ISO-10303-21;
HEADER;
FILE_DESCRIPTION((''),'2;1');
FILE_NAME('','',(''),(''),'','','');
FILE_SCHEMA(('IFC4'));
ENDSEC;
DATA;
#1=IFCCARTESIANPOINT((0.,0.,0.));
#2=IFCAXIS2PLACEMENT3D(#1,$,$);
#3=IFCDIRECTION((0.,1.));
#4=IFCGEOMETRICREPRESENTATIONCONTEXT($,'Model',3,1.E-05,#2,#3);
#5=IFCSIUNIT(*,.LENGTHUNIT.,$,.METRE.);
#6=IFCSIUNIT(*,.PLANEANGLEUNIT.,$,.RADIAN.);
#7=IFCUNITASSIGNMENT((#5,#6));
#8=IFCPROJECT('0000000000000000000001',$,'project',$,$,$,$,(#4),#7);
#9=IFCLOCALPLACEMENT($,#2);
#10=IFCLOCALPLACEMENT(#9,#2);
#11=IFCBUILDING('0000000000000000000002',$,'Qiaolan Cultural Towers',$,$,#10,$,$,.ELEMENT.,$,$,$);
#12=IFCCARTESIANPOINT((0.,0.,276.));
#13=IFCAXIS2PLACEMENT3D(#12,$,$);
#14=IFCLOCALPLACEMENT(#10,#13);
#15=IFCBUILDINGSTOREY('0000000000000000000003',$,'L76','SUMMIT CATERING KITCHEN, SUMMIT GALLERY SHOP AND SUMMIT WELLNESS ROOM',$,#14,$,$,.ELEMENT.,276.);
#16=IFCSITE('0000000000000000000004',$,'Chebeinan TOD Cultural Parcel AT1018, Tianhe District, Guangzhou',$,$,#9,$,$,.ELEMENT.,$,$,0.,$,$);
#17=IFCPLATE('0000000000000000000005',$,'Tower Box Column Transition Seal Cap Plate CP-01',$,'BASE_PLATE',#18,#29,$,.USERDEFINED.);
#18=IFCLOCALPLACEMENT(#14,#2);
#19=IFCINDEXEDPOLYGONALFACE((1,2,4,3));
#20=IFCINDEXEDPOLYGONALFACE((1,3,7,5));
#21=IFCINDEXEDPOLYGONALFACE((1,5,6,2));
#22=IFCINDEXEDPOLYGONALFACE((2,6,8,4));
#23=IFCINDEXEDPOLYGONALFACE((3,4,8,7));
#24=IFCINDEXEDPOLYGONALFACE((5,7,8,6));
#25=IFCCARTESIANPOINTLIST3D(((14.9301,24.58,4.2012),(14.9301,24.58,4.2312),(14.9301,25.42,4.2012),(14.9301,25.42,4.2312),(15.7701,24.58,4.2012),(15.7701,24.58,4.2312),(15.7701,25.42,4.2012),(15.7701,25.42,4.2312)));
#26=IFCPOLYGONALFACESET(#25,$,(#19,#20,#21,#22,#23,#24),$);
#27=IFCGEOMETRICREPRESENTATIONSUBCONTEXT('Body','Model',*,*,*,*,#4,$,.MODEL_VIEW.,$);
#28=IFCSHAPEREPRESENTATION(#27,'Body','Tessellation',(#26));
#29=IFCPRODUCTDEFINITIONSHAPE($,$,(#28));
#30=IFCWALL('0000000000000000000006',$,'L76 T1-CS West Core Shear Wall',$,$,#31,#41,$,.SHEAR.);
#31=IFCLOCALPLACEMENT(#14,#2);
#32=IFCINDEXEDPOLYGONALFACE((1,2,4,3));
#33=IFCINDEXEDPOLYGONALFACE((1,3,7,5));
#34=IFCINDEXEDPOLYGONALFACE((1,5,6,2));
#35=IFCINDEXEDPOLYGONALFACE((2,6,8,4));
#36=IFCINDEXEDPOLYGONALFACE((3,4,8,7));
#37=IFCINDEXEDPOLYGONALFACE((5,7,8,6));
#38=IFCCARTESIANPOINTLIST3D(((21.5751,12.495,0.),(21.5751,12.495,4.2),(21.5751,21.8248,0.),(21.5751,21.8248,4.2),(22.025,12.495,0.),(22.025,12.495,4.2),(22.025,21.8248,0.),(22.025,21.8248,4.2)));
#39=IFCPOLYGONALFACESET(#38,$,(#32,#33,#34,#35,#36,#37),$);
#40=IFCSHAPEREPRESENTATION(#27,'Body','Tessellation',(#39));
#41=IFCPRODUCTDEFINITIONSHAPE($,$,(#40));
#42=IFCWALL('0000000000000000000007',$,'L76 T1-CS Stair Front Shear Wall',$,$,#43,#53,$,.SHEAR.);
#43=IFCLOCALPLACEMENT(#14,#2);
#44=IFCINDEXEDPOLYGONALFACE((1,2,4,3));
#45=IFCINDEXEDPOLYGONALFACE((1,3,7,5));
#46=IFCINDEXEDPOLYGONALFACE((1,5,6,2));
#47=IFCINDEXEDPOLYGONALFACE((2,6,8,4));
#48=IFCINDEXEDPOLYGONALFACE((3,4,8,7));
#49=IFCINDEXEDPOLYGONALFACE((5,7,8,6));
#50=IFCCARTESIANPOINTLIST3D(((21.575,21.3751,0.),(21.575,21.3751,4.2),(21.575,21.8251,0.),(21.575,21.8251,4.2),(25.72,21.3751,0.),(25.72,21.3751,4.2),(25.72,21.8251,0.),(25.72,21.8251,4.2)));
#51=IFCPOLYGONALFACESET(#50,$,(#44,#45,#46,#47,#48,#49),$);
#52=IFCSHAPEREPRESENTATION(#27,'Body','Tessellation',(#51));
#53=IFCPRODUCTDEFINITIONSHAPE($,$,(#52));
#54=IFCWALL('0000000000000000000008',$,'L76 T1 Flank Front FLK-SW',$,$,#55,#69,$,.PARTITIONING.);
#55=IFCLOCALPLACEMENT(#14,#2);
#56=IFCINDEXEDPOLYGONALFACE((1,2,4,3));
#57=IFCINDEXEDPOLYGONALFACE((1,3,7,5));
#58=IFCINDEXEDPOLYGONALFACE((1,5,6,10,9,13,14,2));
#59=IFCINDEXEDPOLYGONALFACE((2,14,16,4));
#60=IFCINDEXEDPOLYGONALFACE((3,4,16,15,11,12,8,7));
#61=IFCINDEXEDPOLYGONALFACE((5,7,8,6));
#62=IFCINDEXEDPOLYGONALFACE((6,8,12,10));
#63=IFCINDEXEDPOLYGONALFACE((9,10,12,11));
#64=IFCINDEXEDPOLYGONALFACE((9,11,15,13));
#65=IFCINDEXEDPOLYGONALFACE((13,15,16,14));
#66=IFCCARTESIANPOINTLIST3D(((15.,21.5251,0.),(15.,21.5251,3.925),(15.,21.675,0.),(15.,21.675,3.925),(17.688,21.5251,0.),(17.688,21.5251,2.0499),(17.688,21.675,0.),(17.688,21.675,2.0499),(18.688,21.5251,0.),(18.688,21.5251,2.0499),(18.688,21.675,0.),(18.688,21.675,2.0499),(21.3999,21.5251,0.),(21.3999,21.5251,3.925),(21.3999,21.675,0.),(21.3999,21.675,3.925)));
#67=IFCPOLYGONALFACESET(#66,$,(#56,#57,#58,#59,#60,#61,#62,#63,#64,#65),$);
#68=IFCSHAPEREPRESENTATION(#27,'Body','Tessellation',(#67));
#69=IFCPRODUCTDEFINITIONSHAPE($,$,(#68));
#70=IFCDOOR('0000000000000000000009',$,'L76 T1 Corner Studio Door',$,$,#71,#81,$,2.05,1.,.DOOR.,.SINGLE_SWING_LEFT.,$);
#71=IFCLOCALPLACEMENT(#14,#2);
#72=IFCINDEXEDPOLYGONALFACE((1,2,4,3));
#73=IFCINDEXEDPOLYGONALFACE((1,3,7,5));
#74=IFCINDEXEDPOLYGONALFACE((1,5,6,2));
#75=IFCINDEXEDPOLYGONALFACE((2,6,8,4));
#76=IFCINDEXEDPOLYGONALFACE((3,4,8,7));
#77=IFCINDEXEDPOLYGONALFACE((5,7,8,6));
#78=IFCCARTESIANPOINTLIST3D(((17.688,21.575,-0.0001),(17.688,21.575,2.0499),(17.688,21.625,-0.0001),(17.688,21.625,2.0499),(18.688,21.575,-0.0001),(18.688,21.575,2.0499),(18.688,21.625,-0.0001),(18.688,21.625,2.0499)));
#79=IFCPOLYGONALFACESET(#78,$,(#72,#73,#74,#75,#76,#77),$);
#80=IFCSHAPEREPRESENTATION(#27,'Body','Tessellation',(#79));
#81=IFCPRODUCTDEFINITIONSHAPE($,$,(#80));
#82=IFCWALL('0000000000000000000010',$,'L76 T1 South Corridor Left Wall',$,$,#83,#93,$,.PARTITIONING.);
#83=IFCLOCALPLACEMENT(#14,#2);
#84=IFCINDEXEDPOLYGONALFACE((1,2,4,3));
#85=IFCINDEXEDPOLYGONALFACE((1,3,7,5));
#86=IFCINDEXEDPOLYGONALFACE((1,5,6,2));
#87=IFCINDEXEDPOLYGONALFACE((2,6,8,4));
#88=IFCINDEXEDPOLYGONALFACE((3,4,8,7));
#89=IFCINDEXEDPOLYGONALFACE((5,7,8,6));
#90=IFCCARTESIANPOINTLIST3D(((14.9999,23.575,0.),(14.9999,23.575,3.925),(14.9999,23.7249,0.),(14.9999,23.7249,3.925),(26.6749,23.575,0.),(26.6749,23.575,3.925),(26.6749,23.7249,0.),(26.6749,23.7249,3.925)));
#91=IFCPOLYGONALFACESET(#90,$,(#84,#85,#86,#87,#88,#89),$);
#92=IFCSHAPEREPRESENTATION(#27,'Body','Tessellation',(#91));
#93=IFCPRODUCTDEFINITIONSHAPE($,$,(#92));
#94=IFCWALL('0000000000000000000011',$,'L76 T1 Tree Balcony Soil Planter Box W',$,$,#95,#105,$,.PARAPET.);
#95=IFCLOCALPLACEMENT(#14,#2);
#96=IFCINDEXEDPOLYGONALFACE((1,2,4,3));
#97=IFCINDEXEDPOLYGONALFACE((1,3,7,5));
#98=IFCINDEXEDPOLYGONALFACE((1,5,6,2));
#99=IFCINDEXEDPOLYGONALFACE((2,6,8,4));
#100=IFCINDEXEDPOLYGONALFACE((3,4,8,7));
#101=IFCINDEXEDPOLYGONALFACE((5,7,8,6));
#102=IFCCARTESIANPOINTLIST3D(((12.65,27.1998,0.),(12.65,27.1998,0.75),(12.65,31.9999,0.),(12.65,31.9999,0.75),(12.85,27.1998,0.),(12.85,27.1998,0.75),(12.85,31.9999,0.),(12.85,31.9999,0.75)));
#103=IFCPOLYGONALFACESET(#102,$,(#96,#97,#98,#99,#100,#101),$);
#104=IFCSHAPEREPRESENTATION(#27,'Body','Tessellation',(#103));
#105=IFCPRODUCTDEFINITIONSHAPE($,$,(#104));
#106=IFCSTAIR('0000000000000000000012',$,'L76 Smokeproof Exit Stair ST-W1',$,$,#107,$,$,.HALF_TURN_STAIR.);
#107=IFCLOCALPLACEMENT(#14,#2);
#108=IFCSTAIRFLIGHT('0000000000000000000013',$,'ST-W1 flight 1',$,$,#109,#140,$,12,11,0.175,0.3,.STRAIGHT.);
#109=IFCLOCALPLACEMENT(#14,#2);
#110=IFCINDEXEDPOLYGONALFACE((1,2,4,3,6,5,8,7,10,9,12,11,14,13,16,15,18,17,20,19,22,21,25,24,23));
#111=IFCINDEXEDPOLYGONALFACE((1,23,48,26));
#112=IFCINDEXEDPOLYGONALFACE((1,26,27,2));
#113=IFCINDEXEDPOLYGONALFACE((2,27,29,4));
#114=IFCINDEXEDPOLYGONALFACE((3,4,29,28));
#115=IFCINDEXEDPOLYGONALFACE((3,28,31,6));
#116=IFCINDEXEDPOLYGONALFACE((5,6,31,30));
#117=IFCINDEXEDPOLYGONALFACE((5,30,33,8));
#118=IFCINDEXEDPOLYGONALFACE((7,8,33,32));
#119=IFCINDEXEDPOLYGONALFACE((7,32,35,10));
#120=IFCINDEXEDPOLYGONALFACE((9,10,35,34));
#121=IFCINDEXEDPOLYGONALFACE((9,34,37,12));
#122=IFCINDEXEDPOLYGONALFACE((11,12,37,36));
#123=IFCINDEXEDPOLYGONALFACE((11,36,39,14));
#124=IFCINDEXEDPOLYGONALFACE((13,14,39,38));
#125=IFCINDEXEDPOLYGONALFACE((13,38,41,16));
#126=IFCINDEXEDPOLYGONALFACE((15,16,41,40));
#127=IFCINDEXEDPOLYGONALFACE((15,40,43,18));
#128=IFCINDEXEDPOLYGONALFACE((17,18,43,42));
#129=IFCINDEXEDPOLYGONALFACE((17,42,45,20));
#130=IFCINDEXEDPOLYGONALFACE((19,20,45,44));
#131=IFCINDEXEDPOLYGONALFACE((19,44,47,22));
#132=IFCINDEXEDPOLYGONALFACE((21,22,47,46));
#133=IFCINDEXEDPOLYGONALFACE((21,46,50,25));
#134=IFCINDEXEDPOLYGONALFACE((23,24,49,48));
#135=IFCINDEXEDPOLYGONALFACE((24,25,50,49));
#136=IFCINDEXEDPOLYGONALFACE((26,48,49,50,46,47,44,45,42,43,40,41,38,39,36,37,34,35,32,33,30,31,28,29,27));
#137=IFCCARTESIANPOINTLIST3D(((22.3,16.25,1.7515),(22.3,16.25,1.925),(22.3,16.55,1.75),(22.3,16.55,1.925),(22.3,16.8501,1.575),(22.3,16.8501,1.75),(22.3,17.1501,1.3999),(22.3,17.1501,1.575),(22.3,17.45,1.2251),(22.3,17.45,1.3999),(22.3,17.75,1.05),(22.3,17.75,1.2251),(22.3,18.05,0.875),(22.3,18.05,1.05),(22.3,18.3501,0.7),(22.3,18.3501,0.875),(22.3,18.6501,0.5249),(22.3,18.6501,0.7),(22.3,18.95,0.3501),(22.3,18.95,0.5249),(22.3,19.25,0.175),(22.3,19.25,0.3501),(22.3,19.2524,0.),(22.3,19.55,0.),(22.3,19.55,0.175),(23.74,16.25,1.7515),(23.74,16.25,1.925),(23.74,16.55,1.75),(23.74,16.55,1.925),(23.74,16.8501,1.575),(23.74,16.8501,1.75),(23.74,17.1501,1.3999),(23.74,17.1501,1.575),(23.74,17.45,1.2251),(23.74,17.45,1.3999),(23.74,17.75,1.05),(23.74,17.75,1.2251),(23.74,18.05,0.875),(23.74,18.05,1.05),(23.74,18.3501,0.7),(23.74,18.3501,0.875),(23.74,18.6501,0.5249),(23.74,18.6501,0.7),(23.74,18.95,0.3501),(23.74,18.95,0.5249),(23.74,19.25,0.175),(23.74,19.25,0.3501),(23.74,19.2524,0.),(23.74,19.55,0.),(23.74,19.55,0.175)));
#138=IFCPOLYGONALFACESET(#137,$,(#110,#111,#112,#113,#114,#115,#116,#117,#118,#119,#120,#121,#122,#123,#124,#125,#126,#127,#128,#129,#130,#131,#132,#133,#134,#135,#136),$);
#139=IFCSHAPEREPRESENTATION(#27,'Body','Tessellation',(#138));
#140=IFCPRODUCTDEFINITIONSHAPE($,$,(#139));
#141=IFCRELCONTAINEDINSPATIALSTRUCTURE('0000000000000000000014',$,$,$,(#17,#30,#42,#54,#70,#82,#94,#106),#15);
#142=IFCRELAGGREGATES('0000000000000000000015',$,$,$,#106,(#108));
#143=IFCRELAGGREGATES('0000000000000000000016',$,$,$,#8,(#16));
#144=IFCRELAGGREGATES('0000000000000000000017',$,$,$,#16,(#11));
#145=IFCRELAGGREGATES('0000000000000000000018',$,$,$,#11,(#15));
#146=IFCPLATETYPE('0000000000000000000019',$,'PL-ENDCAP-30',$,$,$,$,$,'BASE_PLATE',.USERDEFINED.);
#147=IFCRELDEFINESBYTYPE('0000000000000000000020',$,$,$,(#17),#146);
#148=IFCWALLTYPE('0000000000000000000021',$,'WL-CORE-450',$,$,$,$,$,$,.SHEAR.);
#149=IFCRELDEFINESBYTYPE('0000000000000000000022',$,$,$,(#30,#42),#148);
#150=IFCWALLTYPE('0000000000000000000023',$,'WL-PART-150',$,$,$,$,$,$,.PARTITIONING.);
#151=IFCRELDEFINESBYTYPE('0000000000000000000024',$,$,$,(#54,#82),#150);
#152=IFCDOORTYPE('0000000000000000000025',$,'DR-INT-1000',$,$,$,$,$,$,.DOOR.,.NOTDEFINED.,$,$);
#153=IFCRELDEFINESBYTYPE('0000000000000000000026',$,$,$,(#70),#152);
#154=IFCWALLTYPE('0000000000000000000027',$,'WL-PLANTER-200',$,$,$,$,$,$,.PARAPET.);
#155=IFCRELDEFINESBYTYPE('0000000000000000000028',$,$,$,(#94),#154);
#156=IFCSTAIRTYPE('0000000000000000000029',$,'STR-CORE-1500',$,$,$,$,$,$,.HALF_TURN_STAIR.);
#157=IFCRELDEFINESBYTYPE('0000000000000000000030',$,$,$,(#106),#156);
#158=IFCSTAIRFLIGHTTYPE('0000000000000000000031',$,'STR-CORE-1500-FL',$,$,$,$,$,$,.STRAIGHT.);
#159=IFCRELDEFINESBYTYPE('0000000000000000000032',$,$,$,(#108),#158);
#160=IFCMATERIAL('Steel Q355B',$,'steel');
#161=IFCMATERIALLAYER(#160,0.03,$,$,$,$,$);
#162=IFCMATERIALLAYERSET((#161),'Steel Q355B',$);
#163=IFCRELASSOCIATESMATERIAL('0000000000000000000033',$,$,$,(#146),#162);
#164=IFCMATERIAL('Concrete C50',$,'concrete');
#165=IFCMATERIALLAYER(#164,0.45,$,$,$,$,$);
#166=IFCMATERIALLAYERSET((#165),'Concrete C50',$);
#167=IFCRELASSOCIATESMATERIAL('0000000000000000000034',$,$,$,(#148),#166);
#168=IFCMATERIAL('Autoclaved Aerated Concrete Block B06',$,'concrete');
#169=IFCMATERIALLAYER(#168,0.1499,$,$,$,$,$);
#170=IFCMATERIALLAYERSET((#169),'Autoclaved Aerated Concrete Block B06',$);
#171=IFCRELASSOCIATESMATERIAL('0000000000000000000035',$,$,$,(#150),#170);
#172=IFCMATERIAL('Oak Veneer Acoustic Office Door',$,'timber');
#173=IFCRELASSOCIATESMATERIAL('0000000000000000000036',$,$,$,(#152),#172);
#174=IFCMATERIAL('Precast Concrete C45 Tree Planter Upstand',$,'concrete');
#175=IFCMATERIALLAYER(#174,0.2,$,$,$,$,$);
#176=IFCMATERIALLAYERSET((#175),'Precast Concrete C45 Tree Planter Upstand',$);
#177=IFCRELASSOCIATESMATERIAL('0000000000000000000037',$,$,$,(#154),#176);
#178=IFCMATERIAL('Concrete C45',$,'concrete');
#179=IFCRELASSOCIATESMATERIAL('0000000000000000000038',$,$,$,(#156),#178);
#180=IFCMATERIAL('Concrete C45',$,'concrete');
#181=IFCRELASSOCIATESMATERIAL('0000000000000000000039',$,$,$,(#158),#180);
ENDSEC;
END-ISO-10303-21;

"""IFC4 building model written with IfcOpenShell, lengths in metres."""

from ifc_helpers import new_model, si_unit, direction, frame, frame_2d, origin, origin_2d, place, context, subcontext, project, spatial, polyline, rectangle, outline, extrude, material, layer, layer_set, type_object, element, fill, aggregate, save


model = new_model("IFC4")

# Units and contexts
model_context = context("Model", 3, precision=1e-05, world=origin(), true_north=direction((0.0, 1.0)))
body_context = subcontext(model_context, "Body", "Model", "MODEL_VIEW")
ifc_project = project(units=[si_unit("LENGTHUNIT", "METRE"), si_unit("PLANEANGLEUNIT", "RADIAN")], contexts=[model_context])

# Site, building, storey
site_placement = place(None, origin())
site = spatial("IfcSite", under=ifc_project, at=site_placement, Name="Chebeinan TOD Cultural Parcel AT1018, Tianhe District, Guangzhou", CompositionType="ELEMENT", RefElevation=0.0)
building_placement = place(site_placement, origin())
building = spatial("IfcBuilding", under=site, at=building_placement, Name="Qiaolan Cultural Towers", CompositionType="ELEMENT")
storey_placement = place(building_placement, frame((0.0, 0.0, 276.0)))
storey = spatial("IfcBuildingStorey", under=building, at=storey_placement, Name="L76", Description="SUMMIT CATERING KITCHEN, SUMMIT GALLERY SHOP AND SUMMIT WELLNESS ROOM", CompositionType="ELEMENT", Elevation=276.0)

# Plate
ifc_material_1 = material(Name="Steel Q355B", Category="steel")
ifc_layer_1 = layer(ifc_material_1, 0.03)
ifc_layer_set_1 = layer_set([ifc_layer_1], Name="Steel Q355B")
plate_type = type_object("IfcPlateType", Name="PL-ENDCAP-30", ElementType="BASE_PLATE", PredefinedType="USERDEFINED", material=ifc_layer_set_1)
plate_placement = place(storey_placement, frame((15.3501, 25.0, 4.2012), z_axis=(0.0, 0.0, 1.0), x_axis=(1.0, 0.0, 0.0)))
element("IfcPlate", 1, at=plate_placement, inside=storey, type_object=plate_type, Name="Tower Box Column Transition Seal Cap Plate CP-01", ObjectType="BASE_PLATE", PredefinedType="USERDEFINED", context=body_context, shape_type="SweptSolid", body=[
    extrude(rectangle(XDim=0.8401, YDim=0.8401, at=origin_2d()), origin(), (0.0, 0.0, 1.0), 0.03),
])

# Walls
ifc_material_2 = material(Name="Concrete C50", Category="concrete")
ifc_layer_2 = layer(ifc_material_2, 0.45)
ifc_layer_set_2 = layer_set([ifc_layer_2], Name="Concrete C50")
wall_type_1 = type_object("IfcWallType", Name="WL-CORE-450", PredefinedType="SHEAR", material=ifc_layer_set_2)
wall_1_placement = place(storey_placement, frame((21.8, 21.825, 0.0), z_axis=(0.0, 0.0, 1.0), x_axis=(0.0, -1.0, 0.0)))
element("IfcWall", 2, at=wall_1_placement, inside=storey, type_object=wall_type_1, Name="L76 T1-CS West Core Shear Wall", PredefinedType="SHEAR", context=body_context, shape_type="SweptSolid", body=[
    extrude(rectangle(XDim=9.3298, YDim=0.45, at=frame_2d((4.665, 0.0))), origin(), (0.0, 0.0, 1.0), 4.2),
])
wall_2_placement = place(storey_placement, frame((21.575, 21.6001, 0.0), z_axis=(0.0, 0.0, 1.0), x_axis=(1.0, 0.0, 0.0)))
element("IfcWall", 3, at=wall_2_placement, inside=storey, type_object=wall_type_1, Name="L76 T1-CS Stair Front Shear Wall", PredefinedType="SHEAR", context=body_context, shape_type="SweptSolid", body=[
    extrude(rectangle(XDim=4.145, YDim=0.45, at=frame_2d((2.0725, 0.0))), origin(), (0.0, 0.0, 1.0), 4.2),
])

# Wall, opening, door
ifc_material_3 = material(Name="Autoclaved Aerated Concrete Block B06", Category="concrete")
ifc_layer_3 = layer(ifc_material_3, 0.1499)
ifc_layer_set_3 = layer_set([ifc_layer_3], Name="Autoclaved Aerated Concrete Block B06")
wall_type_2 = type_object("IfcWallType", Name="WL-PART-150", PredefinedType="PARTITIONING", material=ifc_layer_set_3)
wall_3_placement = place(storey_placement, frame((15.0, 21.6001, 0.0), z_axis=(0.0, 0.0, 1.0), x_axis=(1.0, 0.0, 0.0)))
wall_3 = element("IfcWall", 4, at=wall_3_placement, inside=storey, type_object=wall_type_2, Name="L76 T1 Flank Front FLK-SW", PredefinedType="PARTITIONING", context=body_context, shape_type="SweptSolid", body=[
    extrude(rectangle(XDim=6.3999, YDim=0.1499, at=frame_2d((3.2, 0.0))), origin(), (0.0, 0.0, 1.0), 3.925),
])
opening_placement = place(wall_3_placement, frame((2.688, 0.0, 0.0)))
opening = element("IfcOpeningElement", 5, at=opening_placement, cuts=wall_3, PredefinedType="OPENING", context=body_context, shape_type="SweptSolid", body=[
    extrude(rectangle(XDim=1.0, YDim=2.05, at=frame_2d((0.5, 1.0249))), frame((0.0, 0.085, 0.0), z_axis=(0.0, -1.0, 0.0), x_axis=(1.0, 0.0, 0.0)), (0.0, 0.0, 1.0), 0.1699),
])
ifc_material_4 = material(Name="Oak Veneer Acoustic Office Door", Category="timber")
door_type = type_object("IfcDoorType", Name="DR-INT-1000", OperationType="NOTDEFINED", PredefinedType="DOOR", material=ifc_material_4)
door_placement = place(opening_placement, origin())
door = element("IfcDoor", 6, at=door_placement, inside=storey, type_object=door_type, Name="L76 T1 Corner Studio Door", OperationType="SINGLE_SWING_LEFT", OverallHeight=2.05, OverallWidth=1.0, PredefinedType="DOOR", context=body_context, shape_type="SweptSolid", body=[
    extrude(rectangle(XDim=1.0, YDim=2.05, at=frame_2d((0.5, 1.0249))), frame((0.0, 0.0249, 0.0), z_axis=(0.0, -1.0, 0.0), x_axis=(1.0, 0.0, 0.0)), (0.0, 0.0, 1.0), 0.05),
])
fill(opening, door)

# Walls
wall_4_placement = place(storey_placement, frame((15.0, 23.6499, 0.0), z_axis=(0.0, 0.0, 1.0), x_axis=(1.0, 0.0, 0.0)))
element("IfcWall", 7, at=wall_4_placement, inside=storey, type_object=wall_type_2, Name="L76 T1 South Corridor Left Wall", PredefinedType="PARTITIONING", context=body_context, shape_type="SweptSolid", body=[
    extrude(rectangle(XDim=11.675, YDim=0.1499, at=frame_2d((5.8374, 0.0))), origin(), (0.0, 0.0, 1.0), 3.925),
])
ifc_material_5 = material(Name="Precast Concrete C45 Tree Planter Upstand", Category="concrete")
ifc_layer_4 = layer(ifc_material_5, 0.2)
ifc_layer_set_4 = layer_set([ifc_layer_4], Name="Precast Concrete C45 Tree Planter Upstand")
wall_type_3 = type_object("IfcWallType", Name="WL-PLANTER-200", PredefinedType="PARAPET", material=ifc_layer_set_4)
wall_5_placement = place(storey_placement, frame((12.75, 27.2, 0.0), z_axis=(0.0, 0.0, 1.0), x_axis=(0.0, 1.0, 0.0)))
element("IfcWall", 8, at=wall_5_placement, inside=storey, type_object=wall_type_3, Name="L76 T1 Tree Balcony Soil Planter Box W", PredefinedType="PARAPET", context=body_context, shape_type="SweptSolid", body=[
    extrude(rectangle(XDim=4.8, YDim=0.2, at=frame_2d((2.3999, 0.0))), origin(), (0.0, 0.0, 1.0), 0.75),
])

# Stair, stair flight
ifc_material_6 = material(Name="Concrete C45", Category="concrete")
stair_type = type_object("IfcStairType", Name="STR-CORE-1500", PredefinedType="HALF_TURN_STAIR", material=ifc_material_6)
stair_placement = place(storey_placement, origin())
stair = element("IfcStair", 9, at=stair_placement, inside=storey, type_object=stair_type, Name="L76 Smokeproof Exit Stair ST-W1", PredefinedType="HALF_TURN_STAIR")
ifc_material_7 = material(Name="Concrete C45", Category="concrete")
stair_flight_type = type_object("IfcStairFlightType", Name="STR-CORE-1500-FL", PredefinedType="STRAIGHT", material=ifc_material_7)
stair_flight_placement = place(storey_placement, frame((23.02, 19.55, 0.0), z_axis=(0.0, 0.0, 1.0), x_axis=(0.0, -1.0, 0.0)))
stair_flight = element("IfcStairFlight", 10, at=stair_flight_placement, type_object=stair_flight_type, Name="ST-W1 flight 1", NumberOfRisers=12, NumberOfTreads=11, PredefinedType="STRAIGHT", RiserHeight=0.175, TreadLength=0.3, context=body_context, shape_type="SweptSolid", body=[
    extrude(outline(polyline([(0.0, 0.0), (0.0, 0.175), (0.3, 0.175), (0.3, 0.3501), (0.6001, 0.3501), (0.6001, 0.5249), (0.8999, 0.5249), (0.8999, 0.7), (1.2, 0.7), (1.2, 0.875), (1.5, 0.875), (1.5, 1.05), (1.8, 1.05), (1.8, 1.2251), (2.1001, 1.2251), (2.1001, 1.3999), (2.3999, 1.3999), (2.3999, 1.575), (2.7, 1.575), (2.7, 1.75), (3.0, 1.75), (3.0, 1.925), (3.3, 1.925), (3.3, 2.1001), (3.3, 1.7515), (0.2976, 0.0), (0.0, 0.0)])), frame((0.0, 0.72, 0.0), z_axis=(0.0, -1.0, 0.0), x_axis=(1.0, 0.0, 0.0)), (0.0, 0.0, 1.0), 1.4399),
])
aggregate(stair, [stair_flight])

save(model, "model.ifc")
